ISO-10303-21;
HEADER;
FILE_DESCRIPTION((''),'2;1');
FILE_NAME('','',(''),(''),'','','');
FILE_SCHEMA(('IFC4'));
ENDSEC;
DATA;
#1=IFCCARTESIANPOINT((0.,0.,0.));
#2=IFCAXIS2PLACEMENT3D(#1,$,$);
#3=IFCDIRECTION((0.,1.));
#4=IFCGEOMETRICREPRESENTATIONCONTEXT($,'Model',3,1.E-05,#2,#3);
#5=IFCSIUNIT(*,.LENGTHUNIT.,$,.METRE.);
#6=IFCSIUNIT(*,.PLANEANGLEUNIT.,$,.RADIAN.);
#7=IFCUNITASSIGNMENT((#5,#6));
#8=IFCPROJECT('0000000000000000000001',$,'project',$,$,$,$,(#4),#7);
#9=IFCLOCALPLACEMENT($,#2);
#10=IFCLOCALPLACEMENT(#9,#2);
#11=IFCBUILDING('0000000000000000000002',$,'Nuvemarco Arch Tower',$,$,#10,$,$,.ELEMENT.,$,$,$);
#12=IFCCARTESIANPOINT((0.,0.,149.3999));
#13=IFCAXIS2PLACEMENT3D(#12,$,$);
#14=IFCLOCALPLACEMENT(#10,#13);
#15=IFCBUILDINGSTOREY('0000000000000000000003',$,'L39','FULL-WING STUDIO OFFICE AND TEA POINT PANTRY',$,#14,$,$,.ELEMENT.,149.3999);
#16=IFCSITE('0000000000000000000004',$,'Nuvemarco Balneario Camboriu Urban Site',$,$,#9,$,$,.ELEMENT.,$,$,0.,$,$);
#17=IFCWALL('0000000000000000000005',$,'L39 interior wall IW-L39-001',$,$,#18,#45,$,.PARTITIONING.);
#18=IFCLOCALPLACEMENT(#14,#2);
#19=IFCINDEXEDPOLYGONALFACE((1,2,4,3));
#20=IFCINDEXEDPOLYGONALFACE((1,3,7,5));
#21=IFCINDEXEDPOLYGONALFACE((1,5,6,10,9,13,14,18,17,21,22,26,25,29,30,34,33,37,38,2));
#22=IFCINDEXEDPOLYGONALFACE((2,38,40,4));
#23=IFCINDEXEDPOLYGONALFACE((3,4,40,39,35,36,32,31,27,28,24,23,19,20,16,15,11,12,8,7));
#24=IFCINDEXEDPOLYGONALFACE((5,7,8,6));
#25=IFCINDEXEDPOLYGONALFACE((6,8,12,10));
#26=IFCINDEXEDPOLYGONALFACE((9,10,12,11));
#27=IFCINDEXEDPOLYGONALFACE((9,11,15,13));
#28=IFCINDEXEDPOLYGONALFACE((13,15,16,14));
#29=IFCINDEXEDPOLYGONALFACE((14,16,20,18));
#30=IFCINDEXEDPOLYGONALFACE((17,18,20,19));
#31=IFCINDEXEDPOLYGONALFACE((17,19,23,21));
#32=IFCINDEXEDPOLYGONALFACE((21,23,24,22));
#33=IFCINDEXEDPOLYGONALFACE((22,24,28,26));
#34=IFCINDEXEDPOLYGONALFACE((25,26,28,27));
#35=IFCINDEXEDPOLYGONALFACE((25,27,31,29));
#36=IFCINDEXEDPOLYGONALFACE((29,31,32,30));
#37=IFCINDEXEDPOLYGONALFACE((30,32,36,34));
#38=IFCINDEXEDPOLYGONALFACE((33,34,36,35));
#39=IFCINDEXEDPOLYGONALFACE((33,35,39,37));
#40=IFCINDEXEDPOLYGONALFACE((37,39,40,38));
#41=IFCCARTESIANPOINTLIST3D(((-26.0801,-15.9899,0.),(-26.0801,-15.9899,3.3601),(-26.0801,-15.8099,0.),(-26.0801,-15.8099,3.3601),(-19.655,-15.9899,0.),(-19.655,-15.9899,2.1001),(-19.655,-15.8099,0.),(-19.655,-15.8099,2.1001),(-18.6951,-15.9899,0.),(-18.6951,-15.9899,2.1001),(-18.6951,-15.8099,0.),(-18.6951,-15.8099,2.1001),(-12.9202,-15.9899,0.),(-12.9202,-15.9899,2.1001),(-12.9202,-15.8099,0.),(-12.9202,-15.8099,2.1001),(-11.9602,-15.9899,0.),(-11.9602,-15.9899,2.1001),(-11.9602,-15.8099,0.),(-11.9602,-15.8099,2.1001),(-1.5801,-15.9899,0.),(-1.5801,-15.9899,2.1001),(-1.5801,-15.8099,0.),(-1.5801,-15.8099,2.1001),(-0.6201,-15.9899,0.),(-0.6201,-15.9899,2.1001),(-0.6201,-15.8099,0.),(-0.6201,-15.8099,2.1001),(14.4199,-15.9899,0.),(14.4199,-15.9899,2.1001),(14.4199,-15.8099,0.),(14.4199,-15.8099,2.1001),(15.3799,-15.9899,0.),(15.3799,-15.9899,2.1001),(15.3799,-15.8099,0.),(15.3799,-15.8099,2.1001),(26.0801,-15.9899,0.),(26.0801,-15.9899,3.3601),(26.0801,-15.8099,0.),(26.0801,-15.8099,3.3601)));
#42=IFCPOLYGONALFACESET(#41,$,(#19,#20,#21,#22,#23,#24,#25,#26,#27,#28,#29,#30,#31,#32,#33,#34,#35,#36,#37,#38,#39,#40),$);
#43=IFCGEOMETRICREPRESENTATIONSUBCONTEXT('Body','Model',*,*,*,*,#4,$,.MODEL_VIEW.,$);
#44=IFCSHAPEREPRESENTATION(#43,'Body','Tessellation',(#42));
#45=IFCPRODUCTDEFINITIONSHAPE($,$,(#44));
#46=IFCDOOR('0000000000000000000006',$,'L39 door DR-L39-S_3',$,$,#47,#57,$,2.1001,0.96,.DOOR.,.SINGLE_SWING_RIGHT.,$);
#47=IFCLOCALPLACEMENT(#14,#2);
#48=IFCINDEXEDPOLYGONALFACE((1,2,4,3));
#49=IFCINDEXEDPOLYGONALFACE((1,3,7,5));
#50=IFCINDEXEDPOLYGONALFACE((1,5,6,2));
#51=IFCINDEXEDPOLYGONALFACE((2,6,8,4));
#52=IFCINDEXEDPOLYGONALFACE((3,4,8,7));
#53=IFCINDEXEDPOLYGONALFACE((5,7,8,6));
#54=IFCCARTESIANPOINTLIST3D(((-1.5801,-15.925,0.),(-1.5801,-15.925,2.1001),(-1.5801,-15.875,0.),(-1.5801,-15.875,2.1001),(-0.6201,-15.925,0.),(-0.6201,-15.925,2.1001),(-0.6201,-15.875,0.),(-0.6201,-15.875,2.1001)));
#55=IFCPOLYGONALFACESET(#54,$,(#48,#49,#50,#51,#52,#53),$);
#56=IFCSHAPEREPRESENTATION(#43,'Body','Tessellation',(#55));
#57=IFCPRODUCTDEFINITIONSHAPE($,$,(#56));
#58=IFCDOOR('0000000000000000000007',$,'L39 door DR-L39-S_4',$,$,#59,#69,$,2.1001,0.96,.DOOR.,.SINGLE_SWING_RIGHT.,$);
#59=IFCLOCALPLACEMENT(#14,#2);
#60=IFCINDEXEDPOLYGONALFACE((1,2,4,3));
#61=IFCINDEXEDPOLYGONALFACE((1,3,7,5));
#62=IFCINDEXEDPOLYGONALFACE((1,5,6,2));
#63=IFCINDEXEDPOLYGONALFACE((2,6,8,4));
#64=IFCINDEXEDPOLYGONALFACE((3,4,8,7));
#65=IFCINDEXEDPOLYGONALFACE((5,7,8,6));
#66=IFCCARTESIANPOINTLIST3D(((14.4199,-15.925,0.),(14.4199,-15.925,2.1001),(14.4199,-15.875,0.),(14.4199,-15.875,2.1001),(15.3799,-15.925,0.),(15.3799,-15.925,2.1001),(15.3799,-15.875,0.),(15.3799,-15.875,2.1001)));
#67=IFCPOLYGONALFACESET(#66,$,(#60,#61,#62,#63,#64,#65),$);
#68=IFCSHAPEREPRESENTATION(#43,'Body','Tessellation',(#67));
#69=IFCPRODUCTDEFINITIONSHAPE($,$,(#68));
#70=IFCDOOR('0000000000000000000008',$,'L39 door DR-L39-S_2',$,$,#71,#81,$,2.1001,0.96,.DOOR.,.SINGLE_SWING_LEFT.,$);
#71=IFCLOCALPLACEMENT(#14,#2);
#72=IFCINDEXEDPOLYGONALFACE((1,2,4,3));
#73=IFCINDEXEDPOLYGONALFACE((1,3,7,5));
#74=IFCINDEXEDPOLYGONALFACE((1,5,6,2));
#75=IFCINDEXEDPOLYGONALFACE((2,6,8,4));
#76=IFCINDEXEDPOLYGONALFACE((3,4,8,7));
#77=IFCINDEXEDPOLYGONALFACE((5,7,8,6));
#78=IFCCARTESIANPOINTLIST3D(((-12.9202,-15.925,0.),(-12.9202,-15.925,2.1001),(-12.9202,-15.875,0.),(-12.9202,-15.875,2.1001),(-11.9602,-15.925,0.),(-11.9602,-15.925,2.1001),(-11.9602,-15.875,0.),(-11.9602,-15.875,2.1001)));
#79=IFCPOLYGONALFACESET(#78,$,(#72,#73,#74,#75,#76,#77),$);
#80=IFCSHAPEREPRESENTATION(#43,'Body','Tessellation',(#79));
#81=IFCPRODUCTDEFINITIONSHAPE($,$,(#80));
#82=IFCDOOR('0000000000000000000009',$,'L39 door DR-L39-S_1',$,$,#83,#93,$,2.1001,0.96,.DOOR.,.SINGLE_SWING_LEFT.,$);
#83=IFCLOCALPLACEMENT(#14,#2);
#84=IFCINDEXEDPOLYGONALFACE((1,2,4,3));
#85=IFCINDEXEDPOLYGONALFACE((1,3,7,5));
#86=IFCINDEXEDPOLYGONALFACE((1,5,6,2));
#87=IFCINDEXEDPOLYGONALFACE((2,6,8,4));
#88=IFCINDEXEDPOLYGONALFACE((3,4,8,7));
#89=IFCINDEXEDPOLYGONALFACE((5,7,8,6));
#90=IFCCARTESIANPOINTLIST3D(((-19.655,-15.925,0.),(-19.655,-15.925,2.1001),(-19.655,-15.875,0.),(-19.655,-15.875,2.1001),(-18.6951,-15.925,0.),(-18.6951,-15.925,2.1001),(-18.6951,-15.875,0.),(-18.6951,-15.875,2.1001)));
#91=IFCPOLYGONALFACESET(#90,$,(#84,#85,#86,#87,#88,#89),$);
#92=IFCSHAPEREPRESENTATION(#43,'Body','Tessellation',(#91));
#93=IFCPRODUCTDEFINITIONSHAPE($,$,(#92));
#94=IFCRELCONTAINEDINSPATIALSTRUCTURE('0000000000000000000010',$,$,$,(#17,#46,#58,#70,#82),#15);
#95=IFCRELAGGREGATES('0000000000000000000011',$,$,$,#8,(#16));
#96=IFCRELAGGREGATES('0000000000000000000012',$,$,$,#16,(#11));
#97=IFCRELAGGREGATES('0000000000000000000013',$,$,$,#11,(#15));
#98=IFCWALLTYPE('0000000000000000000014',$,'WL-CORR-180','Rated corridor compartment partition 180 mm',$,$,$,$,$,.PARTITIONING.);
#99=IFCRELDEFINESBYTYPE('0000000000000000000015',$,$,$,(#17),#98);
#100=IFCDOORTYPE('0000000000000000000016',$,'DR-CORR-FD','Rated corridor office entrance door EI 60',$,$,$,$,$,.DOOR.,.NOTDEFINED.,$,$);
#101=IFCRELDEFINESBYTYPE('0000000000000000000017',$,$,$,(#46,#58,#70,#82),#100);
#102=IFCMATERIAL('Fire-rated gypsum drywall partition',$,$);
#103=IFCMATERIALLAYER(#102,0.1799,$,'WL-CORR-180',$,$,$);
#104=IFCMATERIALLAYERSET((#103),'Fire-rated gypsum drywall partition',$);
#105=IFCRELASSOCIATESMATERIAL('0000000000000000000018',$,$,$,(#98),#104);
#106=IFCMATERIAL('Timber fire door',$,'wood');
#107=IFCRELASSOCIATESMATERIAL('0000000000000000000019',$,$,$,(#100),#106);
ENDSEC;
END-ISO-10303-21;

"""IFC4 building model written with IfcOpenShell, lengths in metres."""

from ifc_helpers import new_model, si_unit, direction, frame, frame_2d, origin, place, context, subcontext, project, spatial, rectangle, extrude, source, transform, mapped, material, layer, layer_set, type_object, type_shapes, element, fill, save


model = new_model("IFC4")

# Units and contexts
model_context = context("Model", 3, precision=1e-05, world=origin(), true_north=direction((0.0, 1.0)))
body_context = subcontext(model_context, "Body", "Model", "MODEL_VIEW")
ifc_project = project(units=[si_unit("LENGTHUNIT", "METRE"), si_unit("PLANEANGLEUNIT", "RADIAN")], contexts=[model_context])

# Site, building, storey
site_placement = place(None, origin())
site = spatial("IfcSite", under=ifc_project, at=site_placement, Name="Nuvemarco Balneario Camboriu Urban Site", CompositionType="ELEMENT", RefElevation=0.0)
building_placement = place(site_placement, origin())
building = spatial("IfcBuilding", under=site, at=building_placement, Name="Nuvemarco Arch Tower", CompositionType="ELEMENT")
storey_placement = place(building_placement, frame((0.0, 0.0, 149.3999)))
storey = spatial("IfcBuildingStorey", under=building, at=storey_placement, Name="L39", Description="FULL-WING STUDIO OFFICE AND TEA POINT PANTRY", CompositionType="ELEMENT", Elevation=149.3999)

# Wall, openings, doors
ifc_material_1 = material(Name="Fire-rated gypsum drywall partition")
ifc_layer = layer(ifc_material_1, 0.1799, Name="WL-CORR-180")
ifc_layer_set = layer_set([ifc_layer], Name="Fire-rated gypsum drywall partition")
wall_type = type_object("IfcWallType", Name="WL-CORR-180", Description="Rated corridor compartment partition 180 mm", PredefinedType="PARTITIONING", material=ifc_layer_set)
wall_1_placement = place(storey_placement, frame((-26.0801, -15.8999, 0.0), z_axis=(0.0, 0.0, 1.0), x_axis=(1.0, 0.0, 0.0)))
wall_1 = element("IfcWall", 1, at=wall_1_placement, inside=storey, type_object=wall_type, Name="L39 interior wall IW-L39-001", PredefinedType="PARTITIONING", context=body_context, shape_type="SweptSolid", body=[
    extrude(rectangle(XDim=52.1602, YDim=0.1799, at=frame_2d((26.0801, 0.0))), origin(), (0.0, 0.0, 1.0), 3.3601),
])
opening_1_placement = place(wall_1_placement, frame((24.5, 0.0, 0.0)))
opening_1 = element("IfcOpeningElement", 2, at=opening_1_placement, cuts=wall_1, PredefinedType="OPENING", context=body_context, shape_type="SweptSolid", body=[
    extrude(rectangle(XDim=0.96, YDim=2.1001, at=frame_2d((0.48, 1.05))), frame((0.0, 0.0999, 0.0), z_axis=(0.0, -1.0, 0.0), x_axis=(1.0, 0.0, 0.0)), (0.0, 0.0, 1.0), 0.2),
])
opening_2_placement = place(wall_1_placement, frame((40.5, 0.0, 0.0)))
opening_2 = element("IfcOpeningElement", 3, at=opening_2_placement, cuts=wall_1, PredefinedType="OPENING", context=body_context, shape_type="SweptSolid", body=[
    extrude(rectangle(XDim=0.96, YDim=2.1001, at=frame_2d((0.48, 1.05))), frame((0.0, 0.0999, 0.0), z_axis=(0.0, -1.0, 0.0), x_axis=(1.0, 0.0, 0.0)), (0.0, 0.0, 1.0), 0.2),
])
opening_3_placement = place(wall_1_placement, frame((13.1599, 0.0, 0.0)))
opening_3 = element("IfcOpeningElement", 4, at=opening_3_placement, cuts=wall_1, PredefinedType="OPENING", context=body_context, shape_type="SweptSolid", body=[
    extrude(rectangle(XDim=0.96, YDim=2.1001, at=frame_2d((0.48, 1.05))), frame((0.0, 0.0999, 0.0), z_axis=(0.0, -1.0, 0.0), x_axis=(1.0, 0.0, 0.0)), (0.0, 0.0, 1.0), 0.2),
])
opening_4_placement = place(wall_1_placement, frame((6.425, 0.0, 0.0)))
opening_4 = element("IfcOpeningElement", 5, at=opening_4_placement, cuts=wall_1, PredefinedType="OPENING", context=body_context, shape_type="SweptSolid", body=[
    extrude(rectangle(XDim=0.96, YDim=2.1001, at=frame_2d((0.48, 1.05))), frame((0.0, 0.0999, 0.0), z_axis=(0.0, -1.0, 0.0), x_axis=(1.0, 0.0, 0.0)), (0.0, 0.0, 1.0), 0.2),
])
ifc_material_2 = material(Name="Timber fire door", Category="wood")
door_type_1 = type_object("IfcDoorType", Name="DR-CORR-FD", Description="Rated corridor office entrance door EI 60", OperationType="NOTDEFINED", PredefinedType="DOOR", material=ifc_material_2)
shared_shape_1 = source(origin(), body_context, "Body", "SweptSolid", [
    extrude(rectangle(XDim=0.96, YDim=2.1001, at=frame_2d((0.48, 1.05))), frame((0.0, 0.0249, 0.0), z_axis=(0.0, -1.0, 0.0), x_axis=(1.0, 0.0, 0.0)), (0.0, 0.0, 1.0), 0.05),
])
type_shapes(door_type_1, [shared_shape_1])
door_1_placement = place(opening_1_placement, origin())
door_1 = element("IfcDoor", 6, at=door_1_placement, inside=storey, type_object=door_type_1, Name="L39 door DR-L39-S_3", OperationType="SINGLE_SWING_RIGHT", OverallHeight=2.1001, OverallWidth=0.96, PredefinedType="DOOR", context=body_context, shape_type="MappedRepresentation", body=[
    mapped(shared_shape_1, transform((0.0, 0.0, 0.0), scale=1.0)),
])
fill(opening_1, door_1)
door_2_placement = place(opening_2_placement, origin())
door_2 = element("IfcDoor", 7, at=door_2_placement, inside=storey, type_object=door_type_1, Name="L39 door DR-L39-S_4", OperationType="SINGLE_SWING_RIGHT", OverallHeight=2.1001, OverallWidth=0.96, PredefinedType="DOOR", context=body_context, shape_type="MappedRepresentation", body=[
    mapped(shared_shape_1, transform((0.0, 0.0, 0.0), scale=1.0)),
])
fill(opening_2, door_2)
door_3_placement = place(opening_3_placement, origin())
door_3 = element("IfcDoor", 8, at=door_3_placement, inside=storey, type_object=door_type_1, Name="L39 door DR-L39-S_2", OperationType="SINGLE_SWING_LEFT", OverallHeight=2.1001, OverallWidth=0.96, PredefinedType="DOOR", context=body_context, shape_type="MappedRepresentation", body=[
    mapped(shared_shape_1, transform((0.0, 0.0, 0.0), scale=1.0)),
])
fill(opening_3, door_3)
door_4_placement = place(opening_4_placement, origin())
door_4 = element("IfcDoor", 9, at=door_4_placement, inside=storey, type_object=door_type_1, Name="L39 door DR-L39-S_1", OperationType="SINGLE_SWING_LEFT", OverallHeight=2.1001, OverallWidth=0.96, PredefinedType="DOOR", context=body_context, shape_type="MappedRepresentation", body=[
    mapped(shared_shape_1, transform((0.0, 0.0, 0.0), scale=1.0)),
])
fill(opening_4, door_4)

save(model, "model.ifc")
